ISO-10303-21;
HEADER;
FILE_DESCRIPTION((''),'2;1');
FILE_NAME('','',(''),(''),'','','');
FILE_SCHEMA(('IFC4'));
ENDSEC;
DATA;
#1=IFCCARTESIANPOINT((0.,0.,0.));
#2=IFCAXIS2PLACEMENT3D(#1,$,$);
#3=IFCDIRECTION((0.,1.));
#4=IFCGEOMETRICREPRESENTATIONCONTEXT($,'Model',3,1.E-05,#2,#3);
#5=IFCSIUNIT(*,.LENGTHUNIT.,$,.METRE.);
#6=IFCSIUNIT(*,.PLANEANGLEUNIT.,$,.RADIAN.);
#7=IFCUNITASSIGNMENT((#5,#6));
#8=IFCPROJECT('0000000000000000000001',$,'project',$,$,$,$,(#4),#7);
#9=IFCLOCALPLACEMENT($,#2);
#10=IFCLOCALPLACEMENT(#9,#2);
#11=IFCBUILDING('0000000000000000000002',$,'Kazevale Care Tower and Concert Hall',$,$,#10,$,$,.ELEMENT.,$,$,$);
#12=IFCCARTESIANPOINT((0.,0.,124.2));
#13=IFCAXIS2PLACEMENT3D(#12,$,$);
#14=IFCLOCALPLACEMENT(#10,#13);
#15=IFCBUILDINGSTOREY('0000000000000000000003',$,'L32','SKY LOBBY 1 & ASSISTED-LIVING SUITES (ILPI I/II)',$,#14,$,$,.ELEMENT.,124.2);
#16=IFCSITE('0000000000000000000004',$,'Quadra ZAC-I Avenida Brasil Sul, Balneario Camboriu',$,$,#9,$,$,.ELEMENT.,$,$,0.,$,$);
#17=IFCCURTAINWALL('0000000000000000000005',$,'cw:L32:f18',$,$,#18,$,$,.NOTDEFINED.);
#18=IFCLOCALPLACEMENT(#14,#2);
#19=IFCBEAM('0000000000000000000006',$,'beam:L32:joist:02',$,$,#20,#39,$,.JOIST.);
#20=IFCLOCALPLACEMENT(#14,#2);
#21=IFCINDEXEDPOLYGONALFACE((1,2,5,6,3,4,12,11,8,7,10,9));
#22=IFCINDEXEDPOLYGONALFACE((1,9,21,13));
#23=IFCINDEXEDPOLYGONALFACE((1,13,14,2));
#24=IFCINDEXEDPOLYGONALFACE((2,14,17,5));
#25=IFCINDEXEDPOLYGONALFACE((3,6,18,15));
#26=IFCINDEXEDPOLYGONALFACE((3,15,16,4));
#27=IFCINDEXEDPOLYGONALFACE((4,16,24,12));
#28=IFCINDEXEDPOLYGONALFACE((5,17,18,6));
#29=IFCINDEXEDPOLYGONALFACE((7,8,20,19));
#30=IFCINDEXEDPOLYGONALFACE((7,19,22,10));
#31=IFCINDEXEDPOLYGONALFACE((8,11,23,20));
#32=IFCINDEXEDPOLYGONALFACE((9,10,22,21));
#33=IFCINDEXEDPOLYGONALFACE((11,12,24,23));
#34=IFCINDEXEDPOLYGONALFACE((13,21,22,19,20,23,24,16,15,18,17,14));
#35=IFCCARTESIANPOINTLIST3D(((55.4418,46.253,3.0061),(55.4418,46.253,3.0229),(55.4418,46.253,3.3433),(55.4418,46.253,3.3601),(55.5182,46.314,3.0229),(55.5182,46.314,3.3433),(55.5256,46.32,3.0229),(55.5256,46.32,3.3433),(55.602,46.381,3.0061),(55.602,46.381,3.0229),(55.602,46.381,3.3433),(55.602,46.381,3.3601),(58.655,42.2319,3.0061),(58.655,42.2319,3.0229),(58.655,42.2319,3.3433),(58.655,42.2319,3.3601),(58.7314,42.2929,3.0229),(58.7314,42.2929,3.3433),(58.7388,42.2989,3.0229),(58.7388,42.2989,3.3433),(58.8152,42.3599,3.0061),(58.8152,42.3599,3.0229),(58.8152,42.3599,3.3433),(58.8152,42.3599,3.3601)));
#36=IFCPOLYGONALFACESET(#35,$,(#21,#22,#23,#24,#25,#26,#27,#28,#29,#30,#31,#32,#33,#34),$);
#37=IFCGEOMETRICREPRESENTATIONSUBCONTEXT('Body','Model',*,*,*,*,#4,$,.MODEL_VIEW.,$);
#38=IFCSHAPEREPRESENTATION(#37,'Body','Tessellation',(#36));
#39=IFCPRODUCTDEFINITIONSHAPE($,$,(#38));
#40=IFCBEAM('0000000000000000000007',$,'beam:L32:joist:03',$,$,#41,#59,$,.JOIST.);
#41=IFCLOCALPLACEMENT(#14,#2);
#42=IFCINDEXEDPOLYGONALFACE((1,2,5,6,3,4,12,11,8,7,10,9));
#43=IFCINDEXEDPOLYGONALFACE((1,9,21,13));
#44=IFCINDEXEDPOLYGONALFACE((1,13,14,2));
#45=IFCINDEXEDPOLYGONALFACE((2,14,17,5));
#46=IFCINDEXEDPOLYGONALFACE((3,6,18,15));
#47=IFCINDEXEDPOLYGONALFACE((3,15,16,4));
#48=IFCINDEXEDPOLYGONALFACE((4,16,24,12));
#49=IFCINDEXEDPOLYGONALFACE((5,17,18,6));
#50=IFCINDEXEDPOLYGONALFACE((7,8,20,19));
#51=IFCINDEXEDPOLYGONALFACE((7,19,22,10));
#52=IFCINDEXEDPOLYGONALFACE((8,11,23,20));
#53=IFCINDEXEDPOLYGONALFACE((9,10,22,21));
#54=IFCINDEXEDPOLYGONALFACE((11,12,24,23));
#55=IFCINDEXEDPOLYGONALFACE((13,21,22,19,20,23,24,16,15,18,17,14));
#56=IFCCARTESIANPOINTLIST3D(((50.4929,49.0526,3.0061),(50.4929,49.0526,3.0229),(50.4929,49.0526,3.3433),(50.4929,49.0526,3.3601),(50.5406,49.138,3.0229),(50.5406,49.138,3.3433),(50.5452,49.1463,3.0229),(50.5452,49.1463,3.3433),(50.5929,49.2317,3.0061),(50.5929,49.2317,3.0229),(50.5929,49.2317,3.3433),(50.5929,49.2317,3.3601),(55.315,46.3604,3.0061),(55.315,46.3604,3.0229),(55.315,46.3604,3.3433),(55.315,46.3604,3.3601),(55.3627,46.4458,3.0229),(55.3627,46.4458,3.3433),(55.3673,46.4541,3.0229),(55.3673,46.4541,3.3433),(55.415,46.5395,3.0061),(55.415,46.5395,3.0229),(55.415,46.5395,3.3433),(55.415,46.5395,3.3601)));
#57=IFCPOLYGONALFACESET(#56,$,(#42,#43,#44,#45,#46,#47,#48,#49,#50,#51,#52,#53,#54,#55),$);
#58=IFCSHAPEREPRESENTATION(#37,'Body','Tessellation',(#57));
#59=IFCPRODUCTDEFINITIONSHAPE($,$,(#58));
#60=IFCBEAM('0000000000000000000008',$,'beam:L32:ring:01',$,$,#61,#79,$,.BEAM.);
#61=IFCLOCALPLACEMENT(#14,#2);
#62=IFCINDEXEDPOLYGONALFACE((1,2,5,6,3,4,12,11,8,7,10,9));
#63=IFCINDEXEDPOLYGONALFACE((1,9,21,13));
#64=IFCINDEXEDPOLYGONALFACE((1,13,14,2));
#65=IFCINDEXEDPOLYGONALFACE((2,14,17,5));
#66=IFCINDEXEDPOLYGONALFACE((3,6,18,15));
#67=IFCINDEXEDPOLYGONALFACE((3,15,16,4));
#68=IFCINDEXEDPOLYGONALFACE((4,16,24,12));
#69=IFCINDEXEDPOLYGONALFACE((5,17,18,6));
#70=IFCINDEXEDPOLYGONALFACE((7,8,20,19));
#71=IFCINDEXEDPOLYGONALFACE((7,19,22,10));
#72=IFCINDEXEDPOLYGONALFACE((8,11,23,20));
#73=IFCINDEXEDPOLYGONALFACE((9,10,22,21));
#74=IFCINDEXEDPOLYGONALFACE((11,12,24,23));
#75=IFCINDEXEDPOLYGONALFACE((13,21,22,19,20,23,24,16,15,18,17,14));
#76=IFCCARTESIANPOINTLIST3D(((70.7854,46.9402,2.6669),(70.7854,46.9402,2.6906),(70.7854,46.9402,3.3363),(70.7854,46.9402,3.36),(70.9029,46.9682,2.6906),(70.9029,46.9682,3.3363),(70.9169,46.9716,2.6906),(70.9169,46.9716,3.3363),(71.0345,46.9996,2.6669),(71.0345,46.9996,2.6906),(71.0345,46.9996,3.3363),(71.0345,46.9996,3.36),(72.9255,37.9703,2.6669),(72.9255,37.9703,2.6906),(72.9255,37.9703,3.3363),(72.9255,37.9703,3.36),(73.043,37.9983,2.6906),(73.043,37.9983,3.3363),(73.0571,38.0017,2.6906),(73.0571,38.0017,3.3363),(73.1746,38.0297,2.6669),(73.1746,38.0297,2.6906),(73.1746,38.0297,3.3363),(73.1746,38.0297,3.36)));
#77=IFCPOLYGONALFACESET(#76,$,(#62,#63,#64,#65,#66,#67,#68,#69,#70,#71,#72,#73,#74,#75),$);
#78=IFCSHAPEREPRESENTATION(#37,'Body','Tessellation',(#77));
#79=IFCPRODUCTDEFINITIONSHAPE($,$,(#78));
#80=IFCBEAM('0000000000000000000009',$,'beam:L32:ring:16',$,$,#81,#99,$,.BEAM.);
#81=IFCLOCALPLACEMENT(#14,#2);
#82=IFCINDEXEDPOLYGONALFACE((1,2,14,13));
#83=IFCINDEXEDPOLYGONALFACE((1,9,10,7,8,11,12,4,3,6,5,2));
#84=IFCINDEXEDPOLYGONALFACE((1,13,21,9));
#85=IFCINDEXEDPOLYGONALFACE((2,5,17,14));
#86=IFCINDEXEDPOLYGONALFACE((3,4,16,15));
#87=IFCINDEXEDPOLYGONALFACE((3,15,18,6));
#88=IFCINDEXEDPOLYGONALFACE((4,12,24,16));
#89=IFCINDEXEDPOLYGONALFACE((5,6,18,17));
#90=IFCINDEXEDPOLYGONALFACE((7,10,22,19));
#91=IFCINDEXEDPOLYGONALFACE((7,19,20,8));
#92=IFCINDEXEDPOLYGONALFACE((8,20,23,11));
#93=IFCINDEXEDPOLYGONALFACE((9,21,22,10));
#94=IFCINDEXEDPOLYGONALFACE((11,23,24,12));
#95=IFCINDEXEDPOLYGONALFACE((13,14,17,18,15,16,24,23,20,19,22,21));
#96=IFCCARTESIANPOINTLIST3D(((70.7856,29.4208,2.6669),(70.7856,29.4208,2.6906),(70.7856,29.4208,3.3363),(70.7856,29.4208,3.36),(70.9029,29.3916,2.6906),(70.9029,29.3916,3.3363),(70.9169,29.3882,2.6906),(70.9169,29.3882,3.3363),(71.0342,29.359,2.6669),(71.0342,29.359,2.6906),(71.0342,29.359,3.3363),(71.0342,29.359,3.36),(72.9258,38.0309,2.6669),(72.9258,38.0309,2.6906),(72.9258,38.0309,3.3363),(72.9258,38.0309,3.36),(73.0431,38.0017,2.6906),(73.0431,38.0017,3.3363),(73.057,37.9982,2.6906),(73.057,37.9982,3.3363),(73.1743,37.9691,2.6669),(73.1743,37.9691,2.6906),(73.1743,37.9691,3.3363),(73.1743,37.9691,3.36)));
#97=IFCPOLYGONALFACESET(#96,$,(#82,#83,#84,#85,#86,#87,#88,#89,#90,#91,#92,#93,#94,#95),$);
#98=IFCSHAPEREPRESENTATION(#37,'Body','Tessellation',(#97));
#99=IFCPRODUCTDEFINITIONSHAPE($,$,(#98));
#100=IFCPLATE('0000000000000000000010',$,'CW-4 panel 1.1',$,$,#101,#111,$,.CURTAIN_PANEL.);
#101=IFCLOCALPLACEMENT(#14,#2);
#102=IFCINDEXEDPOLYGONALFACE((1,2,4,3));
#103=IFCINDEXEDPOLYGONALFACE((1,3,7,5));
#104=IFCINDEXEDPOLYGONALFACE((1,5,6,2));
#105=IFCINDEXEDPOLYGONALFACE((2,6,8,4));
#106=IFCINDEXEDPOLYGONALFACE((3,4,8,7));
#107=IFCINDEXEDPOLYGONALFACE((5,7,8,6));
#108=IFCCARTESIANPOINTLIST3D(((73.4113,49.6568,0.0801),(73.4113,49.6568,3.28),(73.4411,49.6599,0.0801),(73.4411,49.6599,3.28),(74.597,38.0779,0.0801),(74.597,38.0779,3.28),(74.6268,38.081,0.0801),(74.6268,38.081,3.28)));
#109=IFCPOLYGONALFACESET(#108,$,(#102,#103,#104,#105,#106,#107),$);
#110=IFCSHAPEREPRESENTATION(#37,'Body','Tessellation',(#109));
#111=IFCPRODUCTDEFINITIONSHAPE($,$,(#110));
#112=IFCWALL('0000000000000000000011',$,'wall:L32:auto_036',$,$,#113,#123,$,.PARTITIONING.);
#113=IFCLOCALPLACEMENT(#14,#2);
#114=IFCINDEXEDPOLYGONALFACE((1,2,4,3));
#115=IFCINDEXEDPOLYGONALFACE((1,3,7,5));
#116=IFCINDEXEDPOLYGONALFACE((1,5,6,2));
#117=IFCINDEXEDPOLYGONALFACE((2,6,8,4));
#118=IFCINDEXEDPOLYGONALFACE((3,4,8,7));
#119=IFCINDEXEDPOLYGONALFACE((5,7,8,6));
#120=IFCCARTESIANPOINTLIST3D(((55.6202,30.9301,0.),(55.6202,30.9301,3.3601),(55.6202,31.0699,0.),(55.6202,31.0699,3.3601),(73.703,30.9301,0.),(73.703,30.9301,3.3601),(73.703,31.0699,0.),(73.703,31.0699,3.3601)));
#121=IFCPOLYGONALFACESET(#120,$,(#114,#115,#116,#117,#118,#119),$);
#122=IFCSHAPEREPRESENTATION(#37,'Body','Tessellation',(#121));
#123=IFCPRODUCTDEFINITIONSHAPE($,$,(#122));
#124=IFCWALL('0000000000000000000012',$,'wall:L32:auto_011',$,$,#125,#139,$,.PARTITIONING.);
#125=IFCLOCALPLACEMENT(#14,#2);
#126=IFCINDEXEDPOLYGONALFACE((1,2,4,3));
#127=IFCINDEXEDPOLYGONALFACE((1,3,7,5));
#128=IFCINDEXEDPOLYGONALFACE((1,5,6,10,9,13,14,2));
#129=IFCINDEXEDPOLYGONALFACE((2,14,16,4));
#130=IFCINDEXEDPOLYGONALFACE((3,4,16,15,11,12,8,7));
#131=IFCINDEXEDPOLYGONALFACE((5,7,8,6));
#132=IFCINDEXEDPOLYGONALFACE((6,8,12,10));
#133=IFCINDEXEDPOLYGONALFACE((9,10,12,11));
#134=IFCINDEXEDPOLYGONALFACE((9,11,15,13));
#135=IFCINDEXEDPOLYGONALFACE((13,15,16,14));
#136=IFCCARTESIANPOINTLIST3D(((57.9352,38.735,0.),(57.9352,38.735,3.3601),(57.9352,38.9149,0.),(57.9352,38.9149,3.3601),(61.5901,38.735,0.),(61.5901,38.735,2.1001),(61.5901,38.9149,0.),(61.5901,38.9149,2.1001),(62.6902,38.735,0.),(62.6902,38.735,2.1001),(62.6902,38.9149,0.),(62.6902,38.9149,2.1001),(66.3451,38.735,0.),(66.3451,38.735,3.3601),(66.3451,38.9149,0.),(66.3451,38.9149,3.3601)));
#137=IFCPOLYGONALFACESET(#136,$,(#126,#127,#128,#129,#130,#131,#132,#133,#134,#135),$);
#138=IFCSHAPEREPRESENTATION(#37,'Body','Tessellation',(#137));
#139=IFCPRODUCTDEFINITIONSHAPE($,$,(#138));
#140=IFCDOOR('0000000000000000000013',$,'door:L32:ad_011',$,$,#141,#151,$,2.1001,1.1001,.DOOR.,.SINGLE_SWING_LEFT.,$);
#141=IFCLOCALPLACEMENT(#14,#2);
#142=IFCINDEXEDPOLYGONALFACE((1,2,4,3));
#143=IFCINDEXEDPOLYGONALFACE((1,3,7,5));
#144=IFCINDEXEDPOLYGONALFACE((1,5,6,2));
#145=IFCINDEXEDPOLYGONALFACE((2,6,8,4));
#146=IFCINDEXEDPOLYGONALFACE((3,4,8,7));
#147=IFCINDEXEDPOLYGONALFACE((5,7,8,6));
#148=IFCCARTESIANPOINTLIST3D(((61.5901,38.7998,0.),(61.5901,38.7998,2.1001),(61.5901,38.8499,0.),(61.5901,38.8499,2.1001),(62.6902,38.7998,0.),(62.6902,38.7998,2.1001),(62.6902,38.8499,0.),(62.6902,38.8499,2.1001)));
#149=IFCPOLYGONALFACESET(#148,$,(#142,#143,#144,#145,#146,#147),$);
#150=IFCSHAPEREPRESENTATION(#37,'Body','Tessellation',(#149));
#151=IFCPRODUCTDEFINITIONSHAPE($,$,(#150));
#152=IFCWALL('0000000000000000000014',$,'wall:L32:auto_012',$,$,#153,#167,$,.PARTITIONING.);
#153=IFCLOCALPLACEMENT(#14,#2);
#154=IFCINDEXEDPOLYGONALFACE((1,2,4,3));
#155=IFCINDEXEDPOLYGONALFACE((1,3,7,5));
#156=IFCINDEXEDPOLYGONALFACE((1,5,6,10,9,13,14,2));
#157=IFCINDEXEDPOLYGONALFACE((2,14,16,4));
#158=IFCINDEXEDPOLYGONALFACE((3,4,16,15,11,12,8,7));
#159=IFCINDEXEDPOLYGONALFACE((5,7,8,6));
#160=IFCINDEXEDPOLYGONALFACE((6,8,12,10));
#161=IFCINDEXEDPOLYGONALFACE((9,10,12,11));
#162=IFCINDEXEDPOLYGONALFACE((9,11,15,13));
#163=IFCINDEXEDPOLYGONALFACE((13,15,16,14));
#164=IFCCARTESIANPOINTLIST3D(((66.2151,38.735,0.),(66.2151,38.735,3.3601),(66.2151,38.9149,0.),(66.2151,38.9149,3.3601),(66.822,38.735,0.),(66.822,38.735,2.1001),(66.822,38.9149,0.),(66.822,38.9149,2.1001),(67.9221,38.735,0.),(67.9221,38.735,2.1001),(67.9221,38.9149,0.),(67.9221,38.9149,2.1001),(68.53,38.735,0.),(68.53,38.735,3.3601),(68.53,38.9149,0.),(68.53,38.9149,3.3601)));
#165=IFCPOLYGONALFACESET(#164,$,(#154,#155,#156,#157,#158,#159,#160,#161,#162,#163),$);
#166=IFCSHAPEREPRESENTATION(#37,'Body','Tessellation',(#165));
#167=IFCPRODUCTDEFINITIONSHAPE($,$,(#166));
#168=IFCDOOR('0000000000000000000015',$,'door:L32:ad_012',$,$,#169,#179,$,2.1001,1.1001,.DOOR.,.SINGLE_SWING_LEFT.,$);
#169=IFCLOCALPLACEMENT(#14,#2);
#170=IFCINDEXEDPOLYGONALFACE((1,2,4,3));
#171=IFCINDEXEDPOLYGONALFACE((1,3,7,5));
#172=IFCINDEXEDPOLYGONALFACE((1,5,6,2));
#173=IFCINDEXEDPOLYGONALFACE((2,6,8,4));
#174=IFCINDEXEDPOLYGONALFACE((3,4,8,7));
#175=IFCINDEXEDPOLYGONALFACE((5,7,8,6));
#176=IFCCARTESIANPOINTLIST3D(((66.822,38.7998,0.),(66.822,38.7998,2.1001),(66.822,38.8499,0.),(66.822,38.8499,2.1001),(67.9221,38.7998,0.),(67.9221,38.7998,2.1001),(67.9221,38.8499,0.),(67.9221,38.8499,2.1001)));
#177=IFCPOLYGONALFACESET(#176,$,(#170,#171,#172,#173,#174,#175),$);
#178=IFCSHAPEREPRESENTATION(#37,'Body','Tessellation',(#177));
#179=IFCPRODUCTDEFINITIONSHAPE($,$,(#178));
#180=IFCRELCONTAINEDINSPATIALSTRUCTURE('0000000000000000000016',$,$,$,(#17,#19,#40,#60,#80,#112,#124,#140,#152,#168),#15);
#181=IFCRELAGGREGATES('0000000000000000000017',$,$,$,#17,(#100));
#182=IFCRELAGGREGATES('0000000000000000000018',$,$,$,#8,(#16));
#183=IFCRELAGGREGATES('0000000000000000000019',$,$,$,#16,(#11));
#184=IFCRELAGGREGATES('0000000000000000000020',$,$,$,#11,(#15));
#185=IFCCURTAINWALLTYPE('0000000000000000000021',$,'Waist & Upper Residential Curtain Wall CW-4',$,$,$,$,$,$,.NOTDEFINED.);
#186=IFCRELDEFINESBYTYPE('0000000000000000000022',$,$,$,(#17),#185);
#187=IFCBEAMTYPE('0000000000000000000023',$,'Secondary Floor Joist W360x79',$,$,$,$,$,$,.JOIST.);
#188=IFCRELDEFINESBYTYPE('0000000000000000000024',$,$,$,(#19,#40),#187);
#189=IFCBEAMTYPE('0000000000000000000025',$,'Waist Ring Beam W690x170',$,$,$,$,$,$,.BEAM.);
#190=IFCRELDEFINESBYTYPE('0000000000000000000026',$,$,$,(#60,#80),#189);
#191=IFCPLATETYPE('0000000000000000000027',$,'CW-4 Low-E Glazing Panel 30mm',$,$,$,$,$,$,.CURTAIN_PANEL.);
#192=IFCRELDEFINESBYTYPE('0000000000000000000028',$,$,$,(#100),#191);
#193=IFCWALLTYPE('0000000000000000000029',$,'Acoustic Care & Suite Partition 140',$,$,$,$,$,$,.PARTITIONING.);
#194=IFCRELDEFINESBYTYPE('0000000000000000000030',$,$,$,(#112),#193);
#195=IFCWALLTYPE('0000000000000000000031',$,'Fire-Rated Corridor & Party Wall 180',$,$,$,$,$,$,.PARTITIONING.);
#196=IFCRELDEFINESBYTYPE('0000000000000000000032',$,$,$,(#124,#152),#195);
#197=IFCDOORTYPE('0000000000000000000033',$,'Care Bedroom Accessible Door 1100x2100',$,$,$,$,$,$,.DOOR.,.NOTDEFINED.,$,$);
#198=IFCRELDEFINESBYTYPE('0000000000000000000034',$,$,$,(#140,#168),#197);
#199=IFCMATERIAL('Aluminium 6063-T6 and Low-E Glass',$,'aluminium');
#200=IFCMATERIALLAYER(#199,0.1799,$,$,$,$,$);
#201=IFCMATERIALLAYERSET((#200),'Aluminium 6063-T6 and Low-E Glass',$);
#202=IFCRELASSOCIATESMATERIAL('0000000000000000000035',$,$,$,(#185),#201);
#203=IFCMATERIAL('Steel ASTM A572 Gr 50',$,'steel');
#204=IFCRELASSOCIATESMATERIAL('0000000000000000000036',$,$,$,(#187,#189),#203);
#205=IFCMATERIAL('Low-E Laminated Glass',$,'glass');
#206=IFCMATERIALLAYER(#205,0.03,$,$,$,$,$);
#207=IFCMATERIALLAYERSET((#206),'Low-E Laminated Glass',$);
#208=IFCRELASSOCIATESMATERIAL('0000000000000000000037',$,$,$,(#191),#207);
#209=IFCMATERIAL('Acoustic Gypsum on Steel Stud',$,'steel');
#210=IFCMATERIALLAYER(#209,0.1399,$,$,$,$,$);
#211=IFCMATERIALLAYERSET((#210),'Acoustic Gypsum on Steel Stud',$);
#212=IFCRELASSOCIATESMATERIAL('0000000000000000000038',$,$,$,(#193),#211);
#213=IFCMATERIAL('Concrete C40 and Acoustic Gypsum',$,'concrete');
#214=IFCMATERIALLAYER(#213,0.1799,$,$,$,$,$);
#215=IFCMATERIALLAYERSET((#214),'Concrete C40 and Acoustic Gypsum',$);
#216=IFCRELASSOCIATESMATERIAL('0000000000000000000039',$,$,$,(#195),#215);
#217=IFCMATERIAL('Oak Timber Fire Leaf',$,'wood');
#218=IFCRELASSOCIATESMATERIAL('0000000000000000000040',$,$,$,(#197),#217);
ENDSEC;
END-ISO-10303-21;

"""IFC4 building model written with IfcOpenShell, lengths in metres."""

from ifc_helpers import new_model, si_unit, direction, frame, frame_2d, origin, origin_2d, place, context, subcontext, project, spatial, rectangle, i_section, extrude, material, layer, layer_set, material_profile, profile_set, type_object, element, fill, aggregate, save


model = new_model("IFC4")

# Units and contexts
model_context = context("Model", 3, precision=1e-05, world=origin(), true_north=direction((0.0, 1.0)))
body_context = subcontext(model_context, "Body", "Model", "MODEL_VIEW")
ifc_project = project(units=[si_unit("LENGTHUNIT", "METRE"), si_unit("PLANEANGLEUNIT", "RADIAN")], contexts=[model_context])

# Site, building, storey
site_placement = place(None, origin())
site = spatial("IfcSite", under=ifc_project, at=site_placement, Name="Quadra ZAC-I Avenida Brasil Sul, Balneario Camboriu", CompositionType="ELEMENT", RefElevation=0.0)
building_placement = place(site_placement, origin())
building = spatial("IfcBuilding", under=site, at=building_placement, Name="Kazevale Care Tower and Concert Hall", CompositionType="ELEMENT")
storey_placement = place(building_placement, frame((0.0, 0.0, 124.2)))
storey = spatial("IfcBuildingStorey", under=building, at=storey_placement, Name="L32", Description="SKY LOBBY 1 & ASSISTED-LIVING SUITES (ILPI I/II)", CompositionType="ELEMENT", Elevation=124.2)

# Curtain wall
ifc_material_1 = material(Name="Aluminium 6063-T6 and Low-E Glass", Category="aluminium")
ifc_layer_1 = layer(ifc_material_1, 0.1799)
ifc_layer_set_1 = layer_set([ifc_layer_1], Name="Aluminium 6063-T6 and Low-E Glass")
curtain_wall_type = type_object("IfcCurtainWallType", Name="Waist & Upper Residential Curtain Wall CW-4", PredefinedType="NOTDEFINED", material=ifc_layer_set_1)
curtain_wall_placement = place(storey_placement, origin())
curtain_wall = element("IfcCurtainWall", 1, at=curtain_wall_placement, inside=storey, type_object=curtain_wall_type, Name="cw:L32:f18", PredefinedType="NOTDEFINED")

# Beams
ifc_material_2 = material(Name="Steel ASTM A572 Gr 50", Category="steel")
ifc_material_profile_1 = material_profile(ifc_material_2, i_section(OverallWidth=0.2051, OverallDepth=0.354, WebThickness=0.0095, FlangeThickness=0.0168, at=origin_2d()), Name="W360x79")
ifc_profile_set_1 = profile_set([ifc_material_profile_1], Name="Steel ASTM A572 Gr 50")
beam_type_1 = type_object("IfcBeamType", Name="Secondary Floor Joist W360x79", PredefinedType="JOIST", material=ifc_profile_set_1)
beam_1_placement = place(storey_placement, frame((58.7351, 42.2959, 3.1831), z_axis=(-0.624261, 0.781216, 0.0), x_axis=(-0.781216, -0.624261, 0.0)))
element("IfcBeam", 2, at=beam_1_placement, inside=storey, type_object=beam_type_1, Name="beam:L32:joist:02", PredefinedType="JOIST", context=body_context, shape_type="SweptSolid", body=[
    extrude(i_section(OverallWidth=0.2051, OverallDepth=0.354, WebThickness=0.0095, FlangeThickness=0.0168, at=origin_2d()), origin(), (0.0, 0.0, 1.0), 5.1472),
])
beam_2_placement = place(storey_placement, frame((55.365, 46.45, 3.1831), z_axis=(-0.873138, 0.487474, 0.0), x_axis=(-0.487474, -0.873138, 0.0)))
element("IfcBeam", 3, at=beam_2_placement, inside=storey, type_object=beam_type_1, Name="beam:L32:joist:03", PredefinedType="JOIST", context=body_context, shape_type="SweptSolid", body=[
    extrude(i_section(OverallWidth=0.2051, OverallDepth=0.354, WebThickness=0.0095, FlangeThickness=0.0168, at=origin_2d()), origin(), (0.0, 0.0, 1.0), 5.5227),
])
ifc_material_profile_2 = material_profile(ifc_material_2, i_section(OverallWidth=0.2561, OverallDepth=0.6931, WebThickness=0.0144, FlangeThickness=0.0237, at=origin_2d()), Name="W690x170")
ifc_profile_set_2 = profile_set([ifc_material_profile_2], Name="Steel ASTM A572 Gr 50")
beam_type_2 = type_object("IfcBeamType", Name="Waist Ring Beam W690x170", PredefinedType="BEAM", material=ifc_profile_set_2)
beam_3_placement = place(storey_placement, frame((73.05, 38.0, 3.0134), z_axis=(-0.232075, 0.972698, 0.0), x_axis=(-0.972698, -0.232075, 0.0)))
element("IfcBeam", 4, at=beam_3_placement, inside=storey, type_object=beam_type_2, Name="beam:L32:ring:01", PredefinedType="BEAM", context=body_context, shape_type="SweptSolid", body=[
    extrude(i_section(OverallWidth=0.2561, OverallDepth=0.6931, WebThickness=0.0144, FlangeThickness=0.0237, at=origin_2d()), origin(), (0.0, 0.0, 1.0), 9.2217),
])
beam_4_placement = place(storey_placement, frame((70.9099, 29.3899, 3.0134), z_axis=(0.241221, 0.97047, 0.0), x_axis=(-0.97047, 0.241221, 0.0)))
element("IfcBeam", 5, at=beam_4_placement, inside=storey, type_object=beam_type_2, Name="beam:L32:ring:16", PredefinedType="BEAM", context=body_context, shape_type="SweptSolid", body=[
    extrude(i_section(OverallWidth=0.2561, OverallDepth=0.6931, WebThickness=0.0144, FlangeThickness=0.0237, at=origin_2d()), origin(), (0.0, 0.0, 1.0), 8.8721),
])

# Plate
ifc_material_3 = material(Name="Low-E Laminated Glass", Category="glass")
ifc_layer_2 = layer(ifc_material_3, 0.03)
ifc_layer_set_2 = layer_set([ifc_layer_2], Name="Low-E Laminated Glass")
plate_type = type_object("IfcPlateType", Name="CW-4 Low-E Glazing Panel 30mm", PredefinedType="CURTAIN_PANEL", material=ifc_layer_set_2)
plate_placement = place(storey_placement, frame((74.019, 43.8689, 0.0801), z_axis=(0.0, 0.0, 1.0), x_axis=(0.10187, -0.994798, 0.0)))
plate = element("IfcPlate", 6, at=plate_placement, type_object=plate_type, Name="CW-4 panel 1.1", PredefinedType="CURTAIN_PANEL", context=body_context, shape_type="SweptSolid", body=[
    extrude(rectangle(XDim=11.6394, YDim=0.03, at=origin_2d()), origin(), (0.0, 0.0, 1.0), 3.2),
])
aggregate(curtain_wall, [plate])

# Wall
ifc_material_4 = material(Name="Acoustic Gypsum on Steel Stud", Category="steel")
ifc_layer_3 = layer(ifc_material_4, 0.1399)
ifc_layer_set_3 = layer_set([ifc_layer_3], Name="Acoustic Gypsum on Steel Stud")
wall_type_1 = type_object("IfcWallType", Name="Acoustic Care & Suite Partition 140", PredefinedType="PARTITIONING", material=ifc_layer_set_3)
wall_1_placement = place(storey_placement, frame((55.6201, 31.0, 0.0), z_axis=(0.0, 0.0, 1.0), x_axis=(1.0, 0.0, 0.0)))
element("IfcWall", 7, at=wall_1_placement, inside=storey, type_object=wall_type_1, Name="wall:L32:auto_036", PredefinedType="PARTITIONING", context=body_context, shape_type="SweptSolid", body=[
    extrude(rectangle(XDim=18.0828, YDim=0.1399, at=frame_2d((9.0415, 0.0))), origin(), (0.0, 0.0, 1.0), 3.3601),
])

# Walls, openings, doors
ifc_material_5 = material(Name="Concrete C40 and Acoustic Gypsum", Category="concrete")
ifc_layer_4 = layer(ifc_material_5, 0.1799)
ifc_layer_set_4 = layer_set([ifc_layer_4], Name="Concrete C40 and Acoustic Gypsum")
wall_type_2 = type_object("IfcWallType", Name="Fire-Rated Corridor & Party Wall 180", PredefinedType="PARTITIONING", material=ifc_layer_set_4)
wall_2_placement = place(storey_placement, frame((57.9351, 38.825, 0.0), z_axis=(0.0, 0.0, 1.0), x_axis=(1.0, 0.0, 0.0)))
wall_2 = element("IfcWall", 8, at=wall_2_placement, inside=storey, type_object=wall_type_2, Name="wall:L32:auto_011", PredefinedType="PARTITIONING", context=body_context, shape_type="SweptSolid", body=[
    extrude(rectangle(XDim=8.4099, YDim=0.1799, at=frame_2d((4.2051, 0.0))), origin(), (0.0, 0.0, 1.0), 3.3601),
])
opening_1_placement = place(wall_2_placement, frame((3.655, 0.0, 0.0)))
opening_1 = element("IfcOpeningElement", 9, at=opening_1_placement, cuts=wall_2, PredefinedType="OPENING", context=body_context, shape_type="SweptSolid", body=[
    extrude(rectangle(XDim=1.1001, YDim=2.1001, at=frame_2d((0.55, 1.05))), frame((0.0, 0.0999, 0.0), z_axis=(0.0, -1.0, 0.0), x_axis=(1.0, 0.0, 0.0)), (0.0, 0.0, 1.0), 0.2),
])
ifc_material_6 = material(Name="Oak Timber Fire Leaf", Category="wood")
door_type = type_object("IfcDoorType", Name="Care Bedroom Accessible Door 1100x2100", OperationType="NOTDEFINED", PredefinedType="DOOR", material=ifc_material_6)
door_1_placement = place(opening_1_placement, origin())
door_1 = element("IfcDoor", 10, at=door_1_placement, inside=storey, type_object=door_type, Name="door:L32:ad_011", OperationType="SINGLE_SWING_LEFT", OverallHeight=2.1001, OverallWidth=1.1001, PredefinedType="DOOR", context=body_context, shape_type="SweptSolid", body=[
    extrude(rectangle(XDim=1.1001, YDim=2.1001, at=frame_2d((0.55, 1.05))), frame((0.0, 0.0249, 0.0), z_axis=(0.0, -1.0, 0.0), x_axis=(1.0, 0.0, 0.0)), (0.0, 0.0, 1.0), 0.05),
])
fill(opening_1, door_1)
wall_3_placement = place(storey_placement, frame((66.2151, 38.825, 0.0), z_axis=(0.0, 0.0, 1.0), x_axis=(1.0, 0.0, 0.0)))
wall_3 = element("IfcWall", 11, at=wall_3_placement, inside=storey, type_object=wall_type_2, Name="wall:L32:auto_012", PredefinedType="PARTITIONING", context=body_context, shape_type="SweptSolid", body=[
    extrude(rectangle(XDim=2.3149, YDim=0.1799, at=frame_2d((1.1575, 0.0))), origin(), (0.0, 0.0, 1.0), 3.3601),
])
opening_2_placement = place(wall_3_placement, frame((0.6069, 0.0, 0.0)))
opening_2 = element("IfcOpeningElement", 12, at=opening_2_placement, cuts=wall_3, PredefinedType="OPENING", context=body_context, shape_type="SweptSolid", body=[
    extrude(rectangle(XDim=1.1001, YDim=2.1001, at=frame_2d((0.55, 1.05))), frame((0.0, 0.0999, 0.0), z_axis=(0.0, -1.0, 0.0), x_axis=(1.0, 0.0, 0.0)), (0.0, 0.0, 1.0), 0.2),
])
door_2_placement = place(opening_2_placement, origin())
door_2 = element("IfcDoor", 13, at=door_2_placement, inside=storey, type_object=door_type, Name="door:L32:ad_012", OperationType="SINGLE_SWING_LEFT", OverallHeight=2.1001, OverallWidth=1.1001, PredefinedType="DOOR", context=body_context, shape_type="SweptSolid", body=[
    extrude(rectangle(XDim=1.1001, YDim=2.1001, at=frame_2d((0.55, 1.05))), frame((0.0, 0.0249, 0.0), z_axis=(0.0, -1.0, 0.0), x_axis=(1.0, 0.0, 0.0)), (0.0, 0.0, 1.0), 0.05),
])
fill(opening_2, door_2)

save(model, "model.ifc")
